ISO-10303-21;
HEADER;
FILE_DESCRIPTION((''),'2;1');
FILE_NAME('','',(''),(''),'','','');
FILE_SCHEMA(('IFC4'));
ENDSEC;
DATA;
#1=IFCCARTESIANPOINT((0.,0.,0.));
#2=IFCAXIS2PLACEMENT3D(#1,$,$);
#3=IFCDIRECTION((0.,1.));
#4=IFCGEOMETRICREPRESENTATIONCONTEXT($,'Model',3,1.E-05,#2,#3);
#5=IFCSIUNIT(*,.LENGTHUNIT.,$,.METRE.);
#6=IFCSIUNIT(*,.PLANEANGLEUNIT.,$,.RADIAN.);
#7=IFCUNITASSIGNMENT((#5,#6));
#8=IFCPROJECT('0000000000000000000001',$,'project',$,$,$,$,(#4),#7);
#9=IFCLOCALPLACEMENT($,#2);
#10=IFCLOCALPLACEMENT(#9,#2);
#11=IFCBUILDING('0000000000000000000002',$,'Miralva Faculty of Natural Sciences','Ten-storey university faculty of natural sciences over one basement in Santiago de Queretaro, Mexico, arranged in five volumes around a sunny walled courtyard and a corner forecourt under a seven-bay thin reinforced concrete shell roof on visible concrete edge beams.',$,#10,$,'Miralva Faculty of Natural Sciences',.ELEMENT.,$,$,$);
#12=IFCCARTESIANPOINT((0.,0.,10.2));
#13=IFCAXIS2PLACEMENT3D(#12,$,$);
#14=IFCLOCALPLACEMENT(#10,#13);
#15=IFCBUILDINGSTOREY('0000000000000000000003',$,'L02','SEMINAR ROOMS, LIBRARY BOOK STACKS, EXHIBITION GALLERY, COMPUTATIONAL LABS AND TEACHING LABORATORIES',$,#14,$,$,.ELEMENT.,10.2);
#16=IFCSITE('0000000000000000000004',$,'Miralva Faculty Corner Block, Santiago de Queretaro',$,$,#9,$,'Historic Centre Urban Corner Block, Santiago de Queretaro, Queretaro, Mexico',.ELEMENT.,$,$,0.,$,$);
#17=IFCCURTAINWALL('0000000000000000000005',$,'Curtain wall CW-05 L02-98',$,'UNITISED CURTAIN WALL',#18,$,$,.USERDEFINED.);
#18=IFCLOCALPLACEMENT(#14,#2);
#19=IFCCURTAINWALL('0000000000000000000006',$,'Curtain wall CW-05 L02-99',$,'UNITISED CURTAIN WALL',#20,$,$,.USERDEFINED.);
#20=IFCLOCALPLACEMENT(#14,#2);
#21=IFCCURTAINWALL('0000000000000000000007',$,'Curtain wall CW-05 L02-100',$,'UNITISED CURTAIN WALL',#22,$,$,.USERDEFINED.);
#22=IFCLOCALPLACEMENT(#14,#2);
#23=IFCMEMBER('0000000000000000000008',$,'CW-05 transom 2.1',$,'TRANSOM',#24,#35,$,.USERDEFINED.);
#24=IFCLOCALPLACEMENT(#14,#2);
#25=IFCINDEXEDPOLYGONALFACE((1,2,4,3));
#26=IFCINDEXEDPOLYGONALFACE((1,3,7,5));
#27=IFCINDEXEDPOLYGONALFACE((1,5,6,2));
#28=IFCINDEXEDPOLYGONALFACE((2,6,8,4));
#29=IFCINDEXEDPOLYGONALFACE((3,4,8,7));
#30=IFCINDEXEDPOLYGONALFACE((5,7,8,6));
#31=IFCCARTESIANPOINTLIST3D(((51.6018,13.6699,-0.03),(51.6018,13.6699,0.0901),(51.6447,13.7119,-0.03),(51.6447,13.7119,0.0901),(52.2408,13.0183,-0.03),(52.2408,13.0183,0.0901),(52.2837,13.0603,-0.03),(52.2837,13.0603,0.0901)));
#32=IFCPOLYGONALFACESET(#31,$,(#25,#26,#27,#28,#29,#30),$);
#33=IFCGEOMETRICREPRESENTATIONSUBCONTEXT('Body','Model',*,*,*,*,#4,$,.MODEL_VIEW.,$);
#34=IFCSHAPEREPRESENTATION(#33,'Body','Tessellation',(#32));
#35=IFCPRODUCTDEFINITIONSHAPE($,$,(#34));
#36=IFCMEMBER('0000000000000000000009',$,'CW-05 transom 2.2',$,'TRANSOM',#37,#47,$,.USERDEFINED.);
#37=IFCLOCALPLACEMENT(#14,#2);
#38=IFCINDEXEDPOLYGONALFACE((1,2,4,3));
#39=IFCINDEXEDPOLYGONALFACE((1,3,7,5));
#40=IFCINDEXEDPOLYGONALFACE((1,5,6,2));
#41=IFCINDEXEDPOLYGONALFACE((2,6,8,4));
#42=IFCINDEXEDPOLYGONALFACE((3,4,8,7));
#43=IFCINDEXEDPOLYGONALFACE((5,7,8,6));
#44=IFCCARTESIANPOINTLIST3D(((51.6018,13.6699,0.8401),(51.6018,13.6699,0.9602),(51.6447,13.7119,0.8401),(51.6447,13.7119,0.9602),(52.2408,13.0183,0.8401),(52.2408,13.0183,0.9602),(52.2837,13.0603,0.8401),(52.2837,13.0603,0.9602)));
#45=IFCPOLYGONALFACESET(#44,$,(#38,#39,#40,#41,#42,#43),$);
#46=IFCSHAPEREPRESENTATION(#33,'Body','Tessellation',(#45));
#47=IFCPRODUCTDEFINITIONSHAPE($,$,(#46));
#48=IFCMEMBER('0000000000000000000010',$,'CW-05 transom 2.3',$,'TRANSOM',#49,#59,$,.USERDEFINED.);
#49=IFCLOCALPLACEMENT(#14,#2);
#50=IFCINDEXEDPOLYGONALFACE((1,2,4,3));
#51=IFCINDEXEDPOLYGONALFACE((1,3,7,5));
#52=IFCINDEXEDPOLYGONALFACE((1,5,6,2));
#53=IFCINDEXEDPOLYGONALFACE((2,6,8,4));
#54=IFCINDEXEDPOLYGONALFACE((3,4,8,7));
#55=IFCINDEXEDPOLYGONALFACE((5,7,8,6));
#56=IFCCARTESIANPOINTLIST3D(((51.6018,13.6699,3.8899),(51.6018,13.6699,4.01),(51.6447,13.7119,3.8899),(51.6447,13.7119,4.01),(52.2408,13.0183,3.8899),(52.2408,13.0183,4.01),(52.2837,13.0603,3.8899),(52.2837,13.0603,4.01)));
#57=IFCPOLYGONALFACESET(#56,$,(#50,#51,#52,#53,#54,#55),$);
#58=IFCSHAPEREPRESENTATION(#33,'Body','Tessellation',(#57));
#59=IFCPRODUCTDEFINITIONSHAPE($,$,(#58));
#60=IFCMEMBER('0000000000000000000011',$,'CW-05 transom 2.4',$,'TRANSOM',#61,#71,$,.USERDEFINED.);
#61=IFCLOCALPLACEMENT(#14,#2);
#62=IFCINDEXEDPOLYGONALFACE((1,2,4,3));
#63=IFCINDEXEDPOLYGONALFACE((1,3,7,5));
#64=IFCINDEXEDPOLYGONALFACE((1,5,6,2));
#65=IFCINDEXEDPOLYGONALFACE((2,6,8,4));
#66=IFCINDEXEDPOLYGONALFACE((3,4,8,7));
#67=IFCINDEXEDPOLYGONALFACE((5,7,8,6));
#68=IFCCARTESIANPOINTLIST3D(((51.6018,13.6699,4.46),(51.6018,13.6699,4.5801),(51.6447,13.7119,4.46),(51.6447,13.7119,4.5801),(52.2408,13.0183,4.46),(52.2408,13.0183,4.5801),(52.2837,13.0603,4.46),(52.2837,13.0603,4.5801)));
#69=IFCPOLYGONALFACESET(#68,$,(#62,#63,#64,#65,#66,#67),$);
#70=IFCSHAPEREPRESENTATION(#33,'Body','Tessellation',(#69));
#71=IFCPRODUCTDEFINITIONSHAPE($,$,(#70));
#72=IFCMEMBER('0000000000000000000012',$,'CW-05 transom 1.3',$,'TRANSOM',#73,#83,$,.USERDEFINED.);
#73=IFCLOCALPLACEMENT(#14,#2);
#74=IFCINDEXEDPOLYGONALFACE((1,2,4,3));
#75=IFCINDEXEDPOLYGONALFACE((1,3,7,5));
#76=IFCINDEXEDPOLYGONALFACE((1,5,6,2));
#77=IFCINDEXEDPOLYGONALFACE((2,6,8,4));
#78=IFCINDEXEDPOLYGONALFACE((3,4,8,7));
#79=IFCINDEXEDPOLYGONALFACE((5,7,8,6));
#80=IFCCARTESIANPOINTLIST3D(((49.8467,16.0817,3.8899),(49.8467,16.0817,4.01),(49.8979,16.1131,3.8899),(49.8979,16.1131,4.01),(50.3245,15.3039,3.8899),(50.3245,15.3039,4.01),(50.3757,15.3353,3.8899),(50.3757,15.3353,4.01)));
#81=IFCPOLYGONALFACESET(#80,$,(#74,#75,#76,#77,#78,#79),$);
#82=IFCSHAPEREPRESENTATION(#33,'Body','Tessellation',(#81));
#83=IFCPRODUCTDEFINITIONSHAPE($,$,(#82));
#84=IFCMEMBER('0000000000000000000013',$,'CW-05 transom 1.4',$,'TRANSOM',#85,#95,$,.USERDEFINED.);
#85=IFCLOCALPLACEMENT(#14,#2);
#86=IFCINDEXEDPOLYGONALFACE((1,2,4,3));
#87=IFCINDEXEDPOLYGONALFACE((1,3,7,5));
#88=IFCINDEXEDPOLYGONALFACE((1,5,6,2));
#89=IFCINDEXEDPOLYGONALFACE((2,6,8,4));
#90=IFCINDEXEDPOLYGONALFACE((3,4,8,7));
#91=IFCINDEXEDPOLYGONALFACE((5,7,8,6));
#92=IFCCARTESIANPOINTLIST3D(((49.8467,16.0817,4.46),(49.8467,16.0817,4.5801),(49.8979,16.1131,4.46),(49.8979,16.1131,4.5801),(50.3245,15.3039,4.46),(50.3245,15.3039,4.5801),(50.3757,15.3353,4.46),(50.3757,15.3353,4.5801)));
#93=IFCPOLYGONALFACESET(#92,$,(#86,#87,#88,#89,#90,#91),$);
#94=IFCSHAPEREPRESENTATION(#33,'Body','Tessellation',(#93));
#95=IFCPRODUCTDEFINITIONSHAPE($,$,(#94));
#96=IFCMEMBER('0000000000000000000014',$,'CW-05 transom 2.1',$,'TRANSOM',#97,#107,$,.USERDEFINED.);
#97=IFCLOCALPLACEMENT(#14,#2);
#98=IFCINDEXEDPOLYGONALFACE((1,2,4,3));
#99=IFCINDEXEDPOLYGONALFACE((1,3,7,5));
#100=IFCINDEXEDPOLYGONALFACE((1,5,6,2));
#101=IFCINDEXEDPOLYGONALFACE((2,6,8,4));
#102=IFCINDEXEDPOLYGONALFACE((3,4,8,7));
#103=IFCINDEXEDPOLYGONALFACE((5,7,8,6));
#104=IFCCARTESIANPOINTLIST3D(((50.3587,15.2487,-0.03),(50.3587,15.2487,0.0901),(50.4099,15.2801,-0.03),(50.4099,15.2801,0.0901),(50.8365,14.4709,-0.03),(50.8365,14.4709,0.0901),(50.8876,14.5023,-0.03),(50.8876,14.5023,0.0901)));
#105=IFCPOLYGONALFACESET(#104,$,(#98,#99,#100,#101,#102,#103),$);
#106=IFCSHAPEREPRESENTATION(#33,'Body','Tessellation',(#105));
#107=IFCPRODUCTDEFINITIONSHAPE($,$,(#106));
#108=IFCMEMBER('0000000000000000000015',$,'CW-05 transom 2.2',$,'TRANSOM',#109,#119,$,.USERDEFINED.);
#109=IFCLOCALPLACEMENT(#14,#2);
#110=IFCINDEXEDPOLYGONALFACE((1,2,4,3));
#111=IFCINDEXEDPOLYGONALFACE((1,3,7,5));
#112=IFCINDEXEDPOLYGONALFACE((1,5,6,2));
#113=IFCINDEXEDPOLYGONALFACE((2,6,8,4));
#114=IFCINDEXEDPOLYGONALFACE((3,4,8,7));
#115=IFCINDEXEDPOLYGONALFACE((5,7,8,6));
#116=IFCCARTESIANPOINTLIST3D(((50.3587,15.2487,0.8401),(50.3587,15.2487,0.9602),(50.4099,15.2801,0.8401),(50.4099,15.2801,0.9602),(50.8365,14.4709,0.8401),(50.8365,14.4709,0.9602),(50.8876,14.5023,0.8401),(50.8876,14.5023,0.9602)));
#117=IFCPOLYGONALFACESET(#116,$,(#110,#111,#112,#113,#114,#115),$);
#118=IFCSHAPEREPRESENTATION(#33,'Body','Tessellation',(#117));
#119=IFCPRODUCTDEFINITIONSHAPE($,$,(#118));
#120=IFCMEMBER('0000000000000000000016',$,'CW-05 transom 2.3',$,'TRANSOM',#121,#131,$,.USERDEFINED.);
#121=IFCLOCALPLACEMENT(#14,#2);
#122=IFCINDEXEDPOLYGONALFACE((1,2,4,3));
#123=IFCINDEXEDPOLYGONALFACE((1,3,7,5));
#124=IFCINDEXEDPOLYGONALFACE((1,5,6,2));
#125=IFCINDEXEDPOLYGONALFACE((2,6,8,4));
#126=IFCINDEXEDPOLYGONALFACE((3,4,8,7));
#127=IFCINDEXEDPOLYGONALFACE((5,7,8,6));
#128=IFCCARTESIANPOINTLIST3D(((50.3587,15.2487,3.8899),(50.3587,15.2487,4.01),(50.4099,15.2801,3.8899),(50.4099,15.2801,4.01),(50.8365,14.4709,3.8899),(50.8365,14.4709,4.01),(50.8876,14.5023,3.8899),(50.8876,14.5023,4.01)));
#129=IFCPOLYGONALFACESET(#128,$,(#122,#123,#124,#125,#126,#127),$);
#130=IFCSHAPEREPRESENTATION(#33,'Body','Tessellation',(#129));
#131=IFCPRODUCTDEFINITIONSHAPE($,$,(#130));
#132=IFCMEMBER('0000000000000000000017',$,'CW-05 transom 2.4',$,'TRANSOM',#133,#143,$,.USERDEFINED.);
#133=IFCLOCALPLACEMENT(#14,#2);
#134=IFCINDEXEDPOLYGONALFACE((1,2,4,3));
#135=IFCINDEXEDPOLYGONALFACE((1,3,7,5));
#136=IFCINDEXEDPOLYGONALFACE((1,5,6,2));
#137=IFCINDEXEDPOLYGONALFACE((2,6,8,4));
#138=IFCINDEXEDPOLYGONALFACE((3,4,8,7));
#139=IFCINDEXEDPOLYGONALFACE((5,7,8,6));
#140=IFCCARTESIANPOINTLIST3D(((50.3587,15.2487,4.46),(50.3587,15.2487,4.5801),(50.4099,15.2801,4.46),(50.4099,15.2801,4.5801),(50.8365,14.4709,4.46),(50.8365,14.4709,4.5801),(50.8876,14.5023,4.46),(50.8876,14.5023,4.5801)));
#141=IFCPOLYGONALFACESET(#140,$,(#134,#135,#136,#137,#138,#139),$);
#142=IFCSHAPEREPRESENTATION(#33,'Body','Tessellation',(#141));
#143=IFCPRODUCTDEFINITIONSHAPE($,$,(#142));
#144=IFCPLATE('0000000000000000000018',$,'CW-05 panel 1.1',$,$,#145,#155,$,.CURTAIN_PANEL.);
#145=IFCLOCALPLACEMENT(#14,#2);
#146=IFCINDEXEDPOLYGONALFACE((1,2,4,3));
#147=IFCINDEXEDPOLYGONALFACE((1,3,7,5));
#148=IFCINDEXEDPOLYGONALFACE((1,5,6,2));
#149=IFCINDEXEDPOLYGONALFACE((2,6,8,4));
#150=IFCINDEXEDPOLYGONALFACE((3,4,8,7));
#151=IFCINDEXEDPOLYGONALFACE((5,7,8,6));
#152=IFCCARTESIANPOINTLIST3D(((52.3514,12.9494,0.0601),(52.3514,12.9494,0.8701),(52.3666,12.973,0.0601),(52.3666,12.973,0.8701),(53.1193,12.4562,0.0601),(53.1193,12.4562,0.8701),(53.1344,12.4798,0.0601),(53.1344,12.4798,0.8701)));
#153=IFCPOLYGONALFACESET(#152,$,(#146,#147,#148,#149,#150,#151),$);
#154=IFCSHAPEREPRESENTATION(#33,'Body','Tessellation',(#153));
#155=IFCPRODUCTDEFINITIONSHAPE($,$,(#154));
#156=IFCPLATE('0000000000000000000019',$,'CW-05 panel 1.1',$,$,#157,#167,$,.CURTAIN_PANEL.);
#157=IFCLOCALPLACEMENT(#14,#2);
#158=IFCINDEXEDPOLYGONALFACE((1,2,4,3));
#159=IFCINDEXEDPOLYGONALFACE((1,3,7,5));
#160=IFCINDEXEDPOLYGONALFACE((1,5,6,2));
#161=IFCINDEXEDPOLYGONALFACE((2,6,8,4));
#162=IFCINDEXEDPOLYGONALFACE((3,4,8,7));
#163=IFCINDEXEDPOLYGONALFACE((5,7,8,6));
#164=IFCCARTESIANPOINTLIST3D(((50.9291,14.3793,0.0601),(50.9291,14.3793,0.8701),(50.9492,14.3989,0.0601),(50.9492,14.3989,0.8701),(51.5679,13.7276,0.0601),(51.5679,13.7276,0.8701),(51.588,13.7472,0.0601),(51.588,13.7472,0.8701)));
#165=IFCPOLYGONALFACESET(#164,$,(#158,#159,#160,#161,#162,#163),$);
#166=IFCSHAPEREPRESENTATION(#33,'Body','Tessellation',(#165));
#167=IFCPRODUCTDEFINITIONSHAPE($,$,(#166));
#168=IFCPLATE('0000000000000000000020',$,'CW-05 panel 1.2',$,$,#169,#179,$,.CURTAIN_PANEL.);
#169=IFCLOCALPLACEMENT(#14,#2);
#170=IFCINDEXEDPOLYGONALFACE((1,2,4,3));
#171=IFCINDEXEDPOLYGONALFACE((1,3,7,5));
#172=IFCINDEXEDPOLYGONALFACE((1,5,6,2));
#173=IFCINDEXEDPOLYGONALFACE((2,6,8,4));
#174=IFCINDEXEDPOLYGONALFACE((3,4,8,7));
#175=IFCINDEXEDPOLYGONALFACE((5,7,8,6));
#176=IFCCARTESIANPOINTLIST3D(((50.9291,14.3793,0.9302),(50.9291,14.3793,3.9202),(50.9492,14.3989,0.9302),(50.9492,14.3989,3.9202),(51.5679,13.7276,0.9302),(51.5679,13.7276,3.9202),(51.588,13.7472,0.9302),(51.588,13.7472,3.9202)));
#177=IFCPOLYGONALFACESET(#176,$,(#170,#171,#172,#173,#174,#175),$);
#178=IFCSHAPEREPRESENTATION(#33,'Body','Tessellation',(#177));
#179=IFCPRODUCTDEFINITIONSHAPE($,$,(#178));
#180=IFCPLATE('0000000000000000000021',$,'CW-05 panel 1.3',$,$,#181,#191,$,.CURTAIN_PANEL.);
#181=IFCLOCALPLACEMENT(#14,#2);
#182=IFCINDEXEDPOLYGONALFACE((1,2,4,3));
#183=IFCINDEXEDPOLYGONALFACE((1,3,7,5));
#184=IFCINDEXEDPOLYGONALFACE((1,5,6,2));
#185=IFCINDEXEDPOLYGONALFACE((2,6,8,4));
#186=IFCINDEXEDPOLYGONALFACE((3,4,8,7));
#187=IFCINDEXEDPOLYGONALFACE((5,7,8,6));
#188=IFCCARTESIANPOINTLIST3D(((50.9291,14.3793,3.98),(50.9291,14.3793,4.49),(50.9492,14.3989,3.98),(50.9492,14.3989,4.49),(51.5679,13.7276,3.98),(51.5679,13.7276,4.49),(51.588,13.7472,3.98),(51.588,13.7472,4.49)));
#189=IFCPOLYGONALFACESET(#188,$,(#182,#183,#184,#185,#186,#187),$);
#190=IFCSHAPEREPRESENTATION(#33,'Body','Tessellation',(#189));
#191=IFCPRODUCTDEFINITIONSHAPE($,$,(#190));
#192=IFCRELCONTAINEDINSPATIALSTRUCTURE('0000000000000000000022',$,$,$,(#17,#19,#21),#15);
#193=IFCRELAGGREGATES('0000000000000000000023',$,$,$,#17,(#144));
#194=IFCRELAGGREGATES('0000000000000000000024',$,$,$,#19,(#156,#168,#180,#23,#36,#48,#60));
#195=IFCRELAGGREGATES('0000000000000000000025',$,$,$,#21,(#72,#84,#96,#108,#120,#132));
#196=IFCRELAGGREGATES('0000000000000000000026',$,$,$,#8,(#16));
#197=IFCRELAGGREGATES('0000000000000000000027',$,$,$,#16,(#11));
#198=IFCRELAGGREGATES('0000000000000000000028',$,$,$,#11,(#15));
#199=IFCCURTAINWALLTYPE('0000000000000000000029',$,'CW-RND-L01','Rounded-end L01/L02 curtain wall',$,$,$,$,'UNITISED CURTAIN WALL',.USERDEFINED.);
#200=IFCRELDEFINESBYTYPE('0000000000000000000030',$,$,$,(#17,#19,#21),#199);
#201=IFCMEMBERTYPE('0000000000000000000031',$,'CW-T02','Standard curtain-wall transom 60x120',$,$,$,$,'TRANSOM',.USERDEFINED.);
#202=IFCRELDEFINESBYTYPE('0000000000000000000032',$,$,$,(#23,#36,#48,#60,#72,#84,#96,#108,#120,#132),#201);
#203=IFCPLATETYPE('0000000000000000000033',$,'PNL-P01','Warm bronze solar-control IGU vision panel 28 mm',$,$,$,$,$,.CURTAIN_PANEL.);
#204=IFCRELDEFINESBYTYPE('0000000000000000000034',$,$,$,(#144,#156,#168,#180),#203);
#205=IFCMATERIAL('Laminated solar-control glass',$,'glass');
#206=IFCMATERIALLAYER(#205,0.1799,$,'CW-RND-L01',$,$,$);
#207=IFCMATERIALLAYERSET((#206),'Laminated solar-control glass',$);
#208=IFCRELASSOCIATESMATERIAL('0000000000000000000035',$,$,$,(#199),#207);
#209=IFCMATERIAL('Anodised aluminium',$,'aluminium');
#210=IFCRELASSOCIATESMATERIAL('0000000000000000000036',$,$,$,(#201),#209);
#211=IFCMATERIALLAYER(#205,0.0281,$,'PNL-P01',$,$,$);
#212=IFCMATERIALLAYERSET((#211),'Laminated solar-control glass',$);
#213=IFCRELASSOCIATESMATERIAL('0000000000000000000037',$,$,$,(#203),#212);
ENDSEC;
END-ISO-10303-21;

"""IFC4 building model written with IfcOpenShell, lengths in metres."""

from ifc_helpers import new_model, si_unit, direction, frame, origin, origin_2d, place, context, subcontext, project, spatial, rectangle, extrude, material, layer, layer_set, material_profile, profile_set, type_object, element, aggregate, save


model = new_model("IFC4")

# Units and contexts
model_context = context("Model", 3, precision=1e-05, world=origin(), true_north=direction((0.0, 1.0)))
body_context = subcontext(model_context, "Body", "Model", "MODEL_VIEW")
ifc_project = project(units=[si_unit("LENGTHUNIT", "METRE"), si_unit("PLANEANGLEUNIT", "RADIAN")], contexts=[model_context])

# Site, building, storey
site_placement = place(None, origin())
site = spatial("IfcSite", under=ifc_project, at=site_placement, Name="Miralva Faculty Corner Block, Santiago de Queretaro", LongName="Historic Centre Urban Corner Block, Santiago de Queretaro, Queretaro, Mexico", CompositionType="ELEMENT", RefElevation=0.0)
building_placement = place(site_placement, origin())
building = spatial("IfcBuilding", under=site, at=building_placement, Name="Miralva Faculty of Natural Sciences", Description="Ten-storey university faculty of natural sciences over one basement in Santiago de Queretaro, Mexico, arranged in five volumes around a sunny walled courtyard and a corner forecourt under a seven-bay thin reinforced concrete shell roof on visible concrete edge beams.", LongName="Miralva Faculty of Natural Sciences", CompositionType="ELEMENT")
storey_placement = place(building_placement, frame((0.0, 0.0, 10.2)))
storey = spatial("IfcBuildingStorey", under=building, at=storey_placement, Name="L02", Description="SEMINAR ROOMS, LIBRARY BOOK STACKS, EXHIBITION GALLERY, COMPUTATIONAL LABS AND TEACHING LABORATORIES", CompositionType="ELEMENT", Elevation=10.2)

# Curtain wall
ifc_material_1 = material(Name="Laminated solar-control glass", Category="glass")
ifc_layer_1 = layer(ifc_material_1, 0.1799, Name="CW-RND-L01")
ifc_layer_set_1 = layer_set([ifc_layer_1], Name="Laminated solar-control glass")
curtain_wall_type = type_object("IfcCurtainWallType", Name="CW-RND-L01", Description="Rounded-end L01/L02 curtain wall", ElementType="UNITISED CURTAIN WALL", PredefinedType="USERDEFINED", material=ifc_layer_set_1)
curtain_wall_1_placement = place(storey_placement, origin())
curtain_wall_1 = element("IfcCurtainWall", 1, at=curtain_wall_1_placement, inside=storey, type_object=curtain_wall_type, Name="Curtain wall CW-05 L02-98", ObjectType="UNITISED CURTAIN WALL", PredefinedType="USERDEFINED")
ifc_material_2 = material(Name="Anodised aluminium", Category="aluminium")

# Curtain walls
curtain_wall_2_placement = place(storey_placement, origin())
curtain_wall_2 = element("IfcCurtainWall", 2, at=curtain_wall_2_placement, inside=storey, type_object=curtain_wall_type, Name="Curtain wall CW-05 L02-99", ObjectType="UNITISED CURTAIN WALL", PredefinedType="USERDEFINED")
curtain_wall_3_placement = place(storey_placement, origin())
curtain_wall_3 = element("IfcCurtainWall", 3, at=curtain_wall_3_placement, inside=storey, type_object=curtain_wall_type, Name="Curtain wall CW-05 L02-100", ObjectType="UNITISED CURTAIN WALL", PredefinedType="USERDEFINED")

# Members
ifc_material_profile_1 = material_profile(ifc_material_2, rectangle(XDim=0.0601, YDim=0.1201, at=origin_2d()), Name="TRANSOM 60x120")
ifc_profile_set_1 = profile_set([ifc_material_profile_1], Name="Anodised aluminium")
member_type_1 = type_object("IfcMemberType", Name="CW-T02", Description="Standard curtain-wall transom 60x120", ElementType="TRANSOM", PredefinedType="USERDEFINED", material=ifc_profile_set_1)
member_1_placement = place(storey_placement, frame((51.6233, 13.6909, 0.03), z_axis=(0.700117, -0.714028, 0.0), x_axis=(0.714028, 0.700117, 0.0)))
member_1 = element("IfcMember", 4, at=member_1_placement, type_object=member_type_1, Name="CW-05 transom 2.1", ObjectType="TRANSOM", PredefinedType="USERDEFINED", context=body_context, shape_type="SweptSolid", body=[
    extrude(rectangle(XDim=0.0601, YDim=0.1201, at=origin_2d()), origin(), (0.0, 0.0, 1.0), 0.9126),
])
member_2_placement = place(storey_placement, frame((51.6233, 13.6909, 0.9001), z_axis=(0.700117, -0.714028, 0.0), x_axis=(0.714028, 0.700117, 0.0)))
member_2 = element("IfcMember", 5, at=member_2_placement, type_object=member_type_1, Name="CW-05 transom 2.2", ObjectType="TRANSOM", PredefinedType="USERDEFINED", context=body_context, shape_type="SweptSolid", body=[
    extrude(rectangle(XDim=0.0601, YDim=0.1201, at=origin_2d()), origin(), (0.0, 0.0, 1.0), 0.9126),
])
member_3_placement = place(storey_placement, frame((51.6233, 13.6909, 3.95), z_axis=(0.700117, -0.714028, 0.0), x_axis=(0.714028, 0.700117, 0.0)))
member_3 = element("IfcMember", 6, at=member_3_placement, type_object=member_type_1, Name="CW-05 transom 2.3", ObjectType="TRANSOM", PredefinedType="USERDEFINED", context=body_context, shape_type="SweptSolid", body=[
    extrude(rectangle(XDim=0.0601, YDim=0.1201, at=origin_2d()), origin(), (0.0, 0.0, 1.0), 0.9126),
])
member_4_placement = place(storey_placement, frame((51.6233, 13.6909, 4.52), z_axis=(0.700117, -0.714028, 0.0), x_axis=(0.714028, 0.700117, 0.0)))
member_4 = element("IfcMember", 7, at=member_4_placement, type_object=member_type_1, Name="CW-05 transom 2.4", ObjectType="TRANSOM", PredefinedType="USERDEFINED", context=body_context, shape_type="SweptSolid", body=[
    extrude(rectangle(XDim=0.0601, YDim=0.1201, at=origin_2d()), origin(), (0.0, 0.0, 1.0), 0.9126),
])
member_5_placement = place(storey_placement, frame((49.8723, 16.0974, 3.95), z_axis=(0.523396, -0.85209, 0.0), x_axis=(0.85209, 0.523396, 0.0)))
member_5 = element("IfcMember", 8, at=member_5_placement, type_object=member_type_1, Name="CW-05 transom 1.3", ObjectType="TRANSOM", PredefinedType="USERDEFINED", context=body_context, shape_type="SweptSolid", body=[
    extrude(rectangle(XDim=0.0601, YDim=0.1201, at=origin_2d()), origin(), (0.0, 0.0, 1.0), 0.9128),
])
member_6_placement = place(storey_placement, frame((49.8723, 16.0974, 4.52), z_axis=(0.523396, -0.85209, 0.0), x_axis=(0.85209, 0.523396, 0.0)))
member_6 = element("IfcMember", 9, at=member_6_placement, type_object=member_type_1, Name="CW-05 transom 1.4", ObjectType="TRANSOM", PredefinedType="USERDEFINED", context=body_context, shape_type="SweptSolid", body=[
    extrude(rectangle(XDim=0.0601, YDim=0.1201, at=origin_2d()), origin(), (0.0, 0.0, 1.0), 0.9128),
])
member_7_placement = place(storey_placement, frame((50.3843, 15.2644, 0.03), z_axis=(0.523396, -0.85209, 0.0), x_axis=(0.85209, 0.523396, 0.0)))
member_7 = element("IfcMember", 10, at=member_7_placement, type_object=member_type_1, Name="CW-05 transom 2.1", ObjectType="TRANSOM", PredefinedType="USERDEFINED", context=body_context, shape_type="SweptSolid", body=[
    extrude(rectangle(XDim=0.0601, YDim=0.1201, at=origin_2d()), origin(), (0.0, 0.0, 1.0), 0.9128),
])
member_8_placement = place(storey_placement, frame((50.3843, 15.2644, 0.9001), z_axis=(0.523396, -0.85209, 0.0), x_axis=(0.85209, 0.523396, 0.0)))
member_8 = element("IfcMember", 11, at=member_8_placement, type_object=member_type_1, Name="CW-05 transom 2.2", ObjectType="TRANSOM", PredefinedType="USERDEFINED", context=body_context, shape_type="SweptSolid", body=[
    extrude(rectangle(XDim=0.0601, YDim=0.1201, at=origin_2d()), origin(), (0.0, 0.0, 1.0), 0.9128),
])
member_9_placement = place(storey_placement, frame((50.3843, 15.2644, 3.95), z_axis=(0.523396, -0.85209, 0.0), x_axis=(0.85209, 0.523396, 0.0)))
member_9 = element("IfcMember", 12, at=member_9_placement, type_object=member_type_1, Name="CW-05 transom 2.3", ObjectType="TRANSOM", PredefinedType="USERDEFINED", context=body_context, shape_type="SweptSolid", body=[
    extrude(rectangle(XDim=0.0601, YDim=0.1201, at=origin_2d()), origin(), (0.0, 0.0, 1.0), 0.9128),
])
member_10_placement = place(storey_placement, frame((50.3843, 15.2644, 4.52), z_axis=(0.523396, -0.85209, 0.0), x_axis=(0.85209, 0.523396, 0.0)))
member_10 = element("IfcMember", 13, at=member_10_placement, type_object=member_type_1, Name="CW-05 transom 2.4", ObjectType="TRANSOM", PredefinedType="USERDEFINED", context=body_context, shape_type="SweptSolid", body=[
    extrude(rectangle(XDim=0.0601, YDim=0.1201, at=origin_2d()), origin(), (0.0, 0.0, 1.0), 0.9128),
])

# Plates
ifc_layer_2 = layer(ifc_material_1, 0.0281, Name="PNL-P01")
ifc_layer_set_2 = layer_set([ifc_layer_2], Name="Laminated solar-control glass")
plate_type = type_object("IfcPlateType", Name="PNL-P01", Description="Warm bronze solar-control IGU vision panel 28 mm", PredefinedType="CURTAIN_PANEL", material=ifc_layer_set_2)
plate_1_placement = place(storey_placement, frame((52.7429, 12.7146, 0.0601), z_axis=(0.0, 0.0, 1.0), x_axis=(0.841379, -0.540445, 0.0)))
plate_1 = element("IfcPlate", 14, at=plate_1_placement, type_object=plate_type, Name="CW-05 panel 1.1", PredefinedType="CURTAIN_PANEL", context=body_context, shape_type="SweptSolid", body=[
    extrude(rectangle(XDim=0.9126, YDim=0.0281, at=origin_2d()), origin(), (0.0, 0.0, 1.0), 0.8101),
])
aggregate(curtain_wall_1, [plate_1])
plate_2_placement = place(storey_placement, frame((51.2585, 14.0632, 0.0601), z_axis=(0.0, 0.0, 1.0), x_axis=(0.700018, -0.714125, 0.0)))
plate_2 = element("IfcPlate", 15, at=plate_2_placement, type_object=plate_type, Name="CW-05 panel 1.1", PredefinedType="CURTAIN_PANEL", context=body_context, shape_type="SweptSolid", body=[
    extrude(rectangle(XDim=0.9126, YDim=0.0281, at=origin_2d()), origin(), (0.0, 0.0, 1.0), 0.8101),
])
plate_3_placement = place(storey_placement, frame((51.2585, 14.0632, 0.9302), z_axis=(0.0, 0.0, 1.0), x_axis=(0.700018, -0.714125, 0.0)))
plate_3 = element("IfcPlate", 16, at=plate_3_placement, type_object=plate_type, Name="CW-05 panel 1.2", PredefinedType="CURTAIN_PANEL", context=body_context, shape_type="SweptSolid", body=[
    extrude(rectangle(XDim=0.9126, YDim=0.0281, at=origin_2d()), origin(), (0.0, 0.0, 1.0), 2.99),
])
plate_4_placement = place(storey_placement, frame((51.2585, 14.0632, 3.98), z_axis=(0.0, 0.0, 1.0), x_axis=(0.700018, -0.714125, 0.0)))
plate_4 = element("IfcPlate", 17, at=plate_4_placement, type_object=plate_type, Name="CW-05 panel 1.3", PredefinedType="CURTAIN_PANEL", context=body_context, shape_type="SweptSolid", body=[
    extrude(rectangle(XDim=0.9126, YDim=0.0281, at=origin_2d()), origin(), (0.0, 0.0, 1.0), 0.51),
])
aggregate(curtain_wall_2, [plate_2, plate_3, plate_4, member_1, member_2, member_3, member_4])
aggregate(curtain_wall_3, [member_5, member_6, member_7, member_8, member_9, member_10])

save(model, "model.ifc")
